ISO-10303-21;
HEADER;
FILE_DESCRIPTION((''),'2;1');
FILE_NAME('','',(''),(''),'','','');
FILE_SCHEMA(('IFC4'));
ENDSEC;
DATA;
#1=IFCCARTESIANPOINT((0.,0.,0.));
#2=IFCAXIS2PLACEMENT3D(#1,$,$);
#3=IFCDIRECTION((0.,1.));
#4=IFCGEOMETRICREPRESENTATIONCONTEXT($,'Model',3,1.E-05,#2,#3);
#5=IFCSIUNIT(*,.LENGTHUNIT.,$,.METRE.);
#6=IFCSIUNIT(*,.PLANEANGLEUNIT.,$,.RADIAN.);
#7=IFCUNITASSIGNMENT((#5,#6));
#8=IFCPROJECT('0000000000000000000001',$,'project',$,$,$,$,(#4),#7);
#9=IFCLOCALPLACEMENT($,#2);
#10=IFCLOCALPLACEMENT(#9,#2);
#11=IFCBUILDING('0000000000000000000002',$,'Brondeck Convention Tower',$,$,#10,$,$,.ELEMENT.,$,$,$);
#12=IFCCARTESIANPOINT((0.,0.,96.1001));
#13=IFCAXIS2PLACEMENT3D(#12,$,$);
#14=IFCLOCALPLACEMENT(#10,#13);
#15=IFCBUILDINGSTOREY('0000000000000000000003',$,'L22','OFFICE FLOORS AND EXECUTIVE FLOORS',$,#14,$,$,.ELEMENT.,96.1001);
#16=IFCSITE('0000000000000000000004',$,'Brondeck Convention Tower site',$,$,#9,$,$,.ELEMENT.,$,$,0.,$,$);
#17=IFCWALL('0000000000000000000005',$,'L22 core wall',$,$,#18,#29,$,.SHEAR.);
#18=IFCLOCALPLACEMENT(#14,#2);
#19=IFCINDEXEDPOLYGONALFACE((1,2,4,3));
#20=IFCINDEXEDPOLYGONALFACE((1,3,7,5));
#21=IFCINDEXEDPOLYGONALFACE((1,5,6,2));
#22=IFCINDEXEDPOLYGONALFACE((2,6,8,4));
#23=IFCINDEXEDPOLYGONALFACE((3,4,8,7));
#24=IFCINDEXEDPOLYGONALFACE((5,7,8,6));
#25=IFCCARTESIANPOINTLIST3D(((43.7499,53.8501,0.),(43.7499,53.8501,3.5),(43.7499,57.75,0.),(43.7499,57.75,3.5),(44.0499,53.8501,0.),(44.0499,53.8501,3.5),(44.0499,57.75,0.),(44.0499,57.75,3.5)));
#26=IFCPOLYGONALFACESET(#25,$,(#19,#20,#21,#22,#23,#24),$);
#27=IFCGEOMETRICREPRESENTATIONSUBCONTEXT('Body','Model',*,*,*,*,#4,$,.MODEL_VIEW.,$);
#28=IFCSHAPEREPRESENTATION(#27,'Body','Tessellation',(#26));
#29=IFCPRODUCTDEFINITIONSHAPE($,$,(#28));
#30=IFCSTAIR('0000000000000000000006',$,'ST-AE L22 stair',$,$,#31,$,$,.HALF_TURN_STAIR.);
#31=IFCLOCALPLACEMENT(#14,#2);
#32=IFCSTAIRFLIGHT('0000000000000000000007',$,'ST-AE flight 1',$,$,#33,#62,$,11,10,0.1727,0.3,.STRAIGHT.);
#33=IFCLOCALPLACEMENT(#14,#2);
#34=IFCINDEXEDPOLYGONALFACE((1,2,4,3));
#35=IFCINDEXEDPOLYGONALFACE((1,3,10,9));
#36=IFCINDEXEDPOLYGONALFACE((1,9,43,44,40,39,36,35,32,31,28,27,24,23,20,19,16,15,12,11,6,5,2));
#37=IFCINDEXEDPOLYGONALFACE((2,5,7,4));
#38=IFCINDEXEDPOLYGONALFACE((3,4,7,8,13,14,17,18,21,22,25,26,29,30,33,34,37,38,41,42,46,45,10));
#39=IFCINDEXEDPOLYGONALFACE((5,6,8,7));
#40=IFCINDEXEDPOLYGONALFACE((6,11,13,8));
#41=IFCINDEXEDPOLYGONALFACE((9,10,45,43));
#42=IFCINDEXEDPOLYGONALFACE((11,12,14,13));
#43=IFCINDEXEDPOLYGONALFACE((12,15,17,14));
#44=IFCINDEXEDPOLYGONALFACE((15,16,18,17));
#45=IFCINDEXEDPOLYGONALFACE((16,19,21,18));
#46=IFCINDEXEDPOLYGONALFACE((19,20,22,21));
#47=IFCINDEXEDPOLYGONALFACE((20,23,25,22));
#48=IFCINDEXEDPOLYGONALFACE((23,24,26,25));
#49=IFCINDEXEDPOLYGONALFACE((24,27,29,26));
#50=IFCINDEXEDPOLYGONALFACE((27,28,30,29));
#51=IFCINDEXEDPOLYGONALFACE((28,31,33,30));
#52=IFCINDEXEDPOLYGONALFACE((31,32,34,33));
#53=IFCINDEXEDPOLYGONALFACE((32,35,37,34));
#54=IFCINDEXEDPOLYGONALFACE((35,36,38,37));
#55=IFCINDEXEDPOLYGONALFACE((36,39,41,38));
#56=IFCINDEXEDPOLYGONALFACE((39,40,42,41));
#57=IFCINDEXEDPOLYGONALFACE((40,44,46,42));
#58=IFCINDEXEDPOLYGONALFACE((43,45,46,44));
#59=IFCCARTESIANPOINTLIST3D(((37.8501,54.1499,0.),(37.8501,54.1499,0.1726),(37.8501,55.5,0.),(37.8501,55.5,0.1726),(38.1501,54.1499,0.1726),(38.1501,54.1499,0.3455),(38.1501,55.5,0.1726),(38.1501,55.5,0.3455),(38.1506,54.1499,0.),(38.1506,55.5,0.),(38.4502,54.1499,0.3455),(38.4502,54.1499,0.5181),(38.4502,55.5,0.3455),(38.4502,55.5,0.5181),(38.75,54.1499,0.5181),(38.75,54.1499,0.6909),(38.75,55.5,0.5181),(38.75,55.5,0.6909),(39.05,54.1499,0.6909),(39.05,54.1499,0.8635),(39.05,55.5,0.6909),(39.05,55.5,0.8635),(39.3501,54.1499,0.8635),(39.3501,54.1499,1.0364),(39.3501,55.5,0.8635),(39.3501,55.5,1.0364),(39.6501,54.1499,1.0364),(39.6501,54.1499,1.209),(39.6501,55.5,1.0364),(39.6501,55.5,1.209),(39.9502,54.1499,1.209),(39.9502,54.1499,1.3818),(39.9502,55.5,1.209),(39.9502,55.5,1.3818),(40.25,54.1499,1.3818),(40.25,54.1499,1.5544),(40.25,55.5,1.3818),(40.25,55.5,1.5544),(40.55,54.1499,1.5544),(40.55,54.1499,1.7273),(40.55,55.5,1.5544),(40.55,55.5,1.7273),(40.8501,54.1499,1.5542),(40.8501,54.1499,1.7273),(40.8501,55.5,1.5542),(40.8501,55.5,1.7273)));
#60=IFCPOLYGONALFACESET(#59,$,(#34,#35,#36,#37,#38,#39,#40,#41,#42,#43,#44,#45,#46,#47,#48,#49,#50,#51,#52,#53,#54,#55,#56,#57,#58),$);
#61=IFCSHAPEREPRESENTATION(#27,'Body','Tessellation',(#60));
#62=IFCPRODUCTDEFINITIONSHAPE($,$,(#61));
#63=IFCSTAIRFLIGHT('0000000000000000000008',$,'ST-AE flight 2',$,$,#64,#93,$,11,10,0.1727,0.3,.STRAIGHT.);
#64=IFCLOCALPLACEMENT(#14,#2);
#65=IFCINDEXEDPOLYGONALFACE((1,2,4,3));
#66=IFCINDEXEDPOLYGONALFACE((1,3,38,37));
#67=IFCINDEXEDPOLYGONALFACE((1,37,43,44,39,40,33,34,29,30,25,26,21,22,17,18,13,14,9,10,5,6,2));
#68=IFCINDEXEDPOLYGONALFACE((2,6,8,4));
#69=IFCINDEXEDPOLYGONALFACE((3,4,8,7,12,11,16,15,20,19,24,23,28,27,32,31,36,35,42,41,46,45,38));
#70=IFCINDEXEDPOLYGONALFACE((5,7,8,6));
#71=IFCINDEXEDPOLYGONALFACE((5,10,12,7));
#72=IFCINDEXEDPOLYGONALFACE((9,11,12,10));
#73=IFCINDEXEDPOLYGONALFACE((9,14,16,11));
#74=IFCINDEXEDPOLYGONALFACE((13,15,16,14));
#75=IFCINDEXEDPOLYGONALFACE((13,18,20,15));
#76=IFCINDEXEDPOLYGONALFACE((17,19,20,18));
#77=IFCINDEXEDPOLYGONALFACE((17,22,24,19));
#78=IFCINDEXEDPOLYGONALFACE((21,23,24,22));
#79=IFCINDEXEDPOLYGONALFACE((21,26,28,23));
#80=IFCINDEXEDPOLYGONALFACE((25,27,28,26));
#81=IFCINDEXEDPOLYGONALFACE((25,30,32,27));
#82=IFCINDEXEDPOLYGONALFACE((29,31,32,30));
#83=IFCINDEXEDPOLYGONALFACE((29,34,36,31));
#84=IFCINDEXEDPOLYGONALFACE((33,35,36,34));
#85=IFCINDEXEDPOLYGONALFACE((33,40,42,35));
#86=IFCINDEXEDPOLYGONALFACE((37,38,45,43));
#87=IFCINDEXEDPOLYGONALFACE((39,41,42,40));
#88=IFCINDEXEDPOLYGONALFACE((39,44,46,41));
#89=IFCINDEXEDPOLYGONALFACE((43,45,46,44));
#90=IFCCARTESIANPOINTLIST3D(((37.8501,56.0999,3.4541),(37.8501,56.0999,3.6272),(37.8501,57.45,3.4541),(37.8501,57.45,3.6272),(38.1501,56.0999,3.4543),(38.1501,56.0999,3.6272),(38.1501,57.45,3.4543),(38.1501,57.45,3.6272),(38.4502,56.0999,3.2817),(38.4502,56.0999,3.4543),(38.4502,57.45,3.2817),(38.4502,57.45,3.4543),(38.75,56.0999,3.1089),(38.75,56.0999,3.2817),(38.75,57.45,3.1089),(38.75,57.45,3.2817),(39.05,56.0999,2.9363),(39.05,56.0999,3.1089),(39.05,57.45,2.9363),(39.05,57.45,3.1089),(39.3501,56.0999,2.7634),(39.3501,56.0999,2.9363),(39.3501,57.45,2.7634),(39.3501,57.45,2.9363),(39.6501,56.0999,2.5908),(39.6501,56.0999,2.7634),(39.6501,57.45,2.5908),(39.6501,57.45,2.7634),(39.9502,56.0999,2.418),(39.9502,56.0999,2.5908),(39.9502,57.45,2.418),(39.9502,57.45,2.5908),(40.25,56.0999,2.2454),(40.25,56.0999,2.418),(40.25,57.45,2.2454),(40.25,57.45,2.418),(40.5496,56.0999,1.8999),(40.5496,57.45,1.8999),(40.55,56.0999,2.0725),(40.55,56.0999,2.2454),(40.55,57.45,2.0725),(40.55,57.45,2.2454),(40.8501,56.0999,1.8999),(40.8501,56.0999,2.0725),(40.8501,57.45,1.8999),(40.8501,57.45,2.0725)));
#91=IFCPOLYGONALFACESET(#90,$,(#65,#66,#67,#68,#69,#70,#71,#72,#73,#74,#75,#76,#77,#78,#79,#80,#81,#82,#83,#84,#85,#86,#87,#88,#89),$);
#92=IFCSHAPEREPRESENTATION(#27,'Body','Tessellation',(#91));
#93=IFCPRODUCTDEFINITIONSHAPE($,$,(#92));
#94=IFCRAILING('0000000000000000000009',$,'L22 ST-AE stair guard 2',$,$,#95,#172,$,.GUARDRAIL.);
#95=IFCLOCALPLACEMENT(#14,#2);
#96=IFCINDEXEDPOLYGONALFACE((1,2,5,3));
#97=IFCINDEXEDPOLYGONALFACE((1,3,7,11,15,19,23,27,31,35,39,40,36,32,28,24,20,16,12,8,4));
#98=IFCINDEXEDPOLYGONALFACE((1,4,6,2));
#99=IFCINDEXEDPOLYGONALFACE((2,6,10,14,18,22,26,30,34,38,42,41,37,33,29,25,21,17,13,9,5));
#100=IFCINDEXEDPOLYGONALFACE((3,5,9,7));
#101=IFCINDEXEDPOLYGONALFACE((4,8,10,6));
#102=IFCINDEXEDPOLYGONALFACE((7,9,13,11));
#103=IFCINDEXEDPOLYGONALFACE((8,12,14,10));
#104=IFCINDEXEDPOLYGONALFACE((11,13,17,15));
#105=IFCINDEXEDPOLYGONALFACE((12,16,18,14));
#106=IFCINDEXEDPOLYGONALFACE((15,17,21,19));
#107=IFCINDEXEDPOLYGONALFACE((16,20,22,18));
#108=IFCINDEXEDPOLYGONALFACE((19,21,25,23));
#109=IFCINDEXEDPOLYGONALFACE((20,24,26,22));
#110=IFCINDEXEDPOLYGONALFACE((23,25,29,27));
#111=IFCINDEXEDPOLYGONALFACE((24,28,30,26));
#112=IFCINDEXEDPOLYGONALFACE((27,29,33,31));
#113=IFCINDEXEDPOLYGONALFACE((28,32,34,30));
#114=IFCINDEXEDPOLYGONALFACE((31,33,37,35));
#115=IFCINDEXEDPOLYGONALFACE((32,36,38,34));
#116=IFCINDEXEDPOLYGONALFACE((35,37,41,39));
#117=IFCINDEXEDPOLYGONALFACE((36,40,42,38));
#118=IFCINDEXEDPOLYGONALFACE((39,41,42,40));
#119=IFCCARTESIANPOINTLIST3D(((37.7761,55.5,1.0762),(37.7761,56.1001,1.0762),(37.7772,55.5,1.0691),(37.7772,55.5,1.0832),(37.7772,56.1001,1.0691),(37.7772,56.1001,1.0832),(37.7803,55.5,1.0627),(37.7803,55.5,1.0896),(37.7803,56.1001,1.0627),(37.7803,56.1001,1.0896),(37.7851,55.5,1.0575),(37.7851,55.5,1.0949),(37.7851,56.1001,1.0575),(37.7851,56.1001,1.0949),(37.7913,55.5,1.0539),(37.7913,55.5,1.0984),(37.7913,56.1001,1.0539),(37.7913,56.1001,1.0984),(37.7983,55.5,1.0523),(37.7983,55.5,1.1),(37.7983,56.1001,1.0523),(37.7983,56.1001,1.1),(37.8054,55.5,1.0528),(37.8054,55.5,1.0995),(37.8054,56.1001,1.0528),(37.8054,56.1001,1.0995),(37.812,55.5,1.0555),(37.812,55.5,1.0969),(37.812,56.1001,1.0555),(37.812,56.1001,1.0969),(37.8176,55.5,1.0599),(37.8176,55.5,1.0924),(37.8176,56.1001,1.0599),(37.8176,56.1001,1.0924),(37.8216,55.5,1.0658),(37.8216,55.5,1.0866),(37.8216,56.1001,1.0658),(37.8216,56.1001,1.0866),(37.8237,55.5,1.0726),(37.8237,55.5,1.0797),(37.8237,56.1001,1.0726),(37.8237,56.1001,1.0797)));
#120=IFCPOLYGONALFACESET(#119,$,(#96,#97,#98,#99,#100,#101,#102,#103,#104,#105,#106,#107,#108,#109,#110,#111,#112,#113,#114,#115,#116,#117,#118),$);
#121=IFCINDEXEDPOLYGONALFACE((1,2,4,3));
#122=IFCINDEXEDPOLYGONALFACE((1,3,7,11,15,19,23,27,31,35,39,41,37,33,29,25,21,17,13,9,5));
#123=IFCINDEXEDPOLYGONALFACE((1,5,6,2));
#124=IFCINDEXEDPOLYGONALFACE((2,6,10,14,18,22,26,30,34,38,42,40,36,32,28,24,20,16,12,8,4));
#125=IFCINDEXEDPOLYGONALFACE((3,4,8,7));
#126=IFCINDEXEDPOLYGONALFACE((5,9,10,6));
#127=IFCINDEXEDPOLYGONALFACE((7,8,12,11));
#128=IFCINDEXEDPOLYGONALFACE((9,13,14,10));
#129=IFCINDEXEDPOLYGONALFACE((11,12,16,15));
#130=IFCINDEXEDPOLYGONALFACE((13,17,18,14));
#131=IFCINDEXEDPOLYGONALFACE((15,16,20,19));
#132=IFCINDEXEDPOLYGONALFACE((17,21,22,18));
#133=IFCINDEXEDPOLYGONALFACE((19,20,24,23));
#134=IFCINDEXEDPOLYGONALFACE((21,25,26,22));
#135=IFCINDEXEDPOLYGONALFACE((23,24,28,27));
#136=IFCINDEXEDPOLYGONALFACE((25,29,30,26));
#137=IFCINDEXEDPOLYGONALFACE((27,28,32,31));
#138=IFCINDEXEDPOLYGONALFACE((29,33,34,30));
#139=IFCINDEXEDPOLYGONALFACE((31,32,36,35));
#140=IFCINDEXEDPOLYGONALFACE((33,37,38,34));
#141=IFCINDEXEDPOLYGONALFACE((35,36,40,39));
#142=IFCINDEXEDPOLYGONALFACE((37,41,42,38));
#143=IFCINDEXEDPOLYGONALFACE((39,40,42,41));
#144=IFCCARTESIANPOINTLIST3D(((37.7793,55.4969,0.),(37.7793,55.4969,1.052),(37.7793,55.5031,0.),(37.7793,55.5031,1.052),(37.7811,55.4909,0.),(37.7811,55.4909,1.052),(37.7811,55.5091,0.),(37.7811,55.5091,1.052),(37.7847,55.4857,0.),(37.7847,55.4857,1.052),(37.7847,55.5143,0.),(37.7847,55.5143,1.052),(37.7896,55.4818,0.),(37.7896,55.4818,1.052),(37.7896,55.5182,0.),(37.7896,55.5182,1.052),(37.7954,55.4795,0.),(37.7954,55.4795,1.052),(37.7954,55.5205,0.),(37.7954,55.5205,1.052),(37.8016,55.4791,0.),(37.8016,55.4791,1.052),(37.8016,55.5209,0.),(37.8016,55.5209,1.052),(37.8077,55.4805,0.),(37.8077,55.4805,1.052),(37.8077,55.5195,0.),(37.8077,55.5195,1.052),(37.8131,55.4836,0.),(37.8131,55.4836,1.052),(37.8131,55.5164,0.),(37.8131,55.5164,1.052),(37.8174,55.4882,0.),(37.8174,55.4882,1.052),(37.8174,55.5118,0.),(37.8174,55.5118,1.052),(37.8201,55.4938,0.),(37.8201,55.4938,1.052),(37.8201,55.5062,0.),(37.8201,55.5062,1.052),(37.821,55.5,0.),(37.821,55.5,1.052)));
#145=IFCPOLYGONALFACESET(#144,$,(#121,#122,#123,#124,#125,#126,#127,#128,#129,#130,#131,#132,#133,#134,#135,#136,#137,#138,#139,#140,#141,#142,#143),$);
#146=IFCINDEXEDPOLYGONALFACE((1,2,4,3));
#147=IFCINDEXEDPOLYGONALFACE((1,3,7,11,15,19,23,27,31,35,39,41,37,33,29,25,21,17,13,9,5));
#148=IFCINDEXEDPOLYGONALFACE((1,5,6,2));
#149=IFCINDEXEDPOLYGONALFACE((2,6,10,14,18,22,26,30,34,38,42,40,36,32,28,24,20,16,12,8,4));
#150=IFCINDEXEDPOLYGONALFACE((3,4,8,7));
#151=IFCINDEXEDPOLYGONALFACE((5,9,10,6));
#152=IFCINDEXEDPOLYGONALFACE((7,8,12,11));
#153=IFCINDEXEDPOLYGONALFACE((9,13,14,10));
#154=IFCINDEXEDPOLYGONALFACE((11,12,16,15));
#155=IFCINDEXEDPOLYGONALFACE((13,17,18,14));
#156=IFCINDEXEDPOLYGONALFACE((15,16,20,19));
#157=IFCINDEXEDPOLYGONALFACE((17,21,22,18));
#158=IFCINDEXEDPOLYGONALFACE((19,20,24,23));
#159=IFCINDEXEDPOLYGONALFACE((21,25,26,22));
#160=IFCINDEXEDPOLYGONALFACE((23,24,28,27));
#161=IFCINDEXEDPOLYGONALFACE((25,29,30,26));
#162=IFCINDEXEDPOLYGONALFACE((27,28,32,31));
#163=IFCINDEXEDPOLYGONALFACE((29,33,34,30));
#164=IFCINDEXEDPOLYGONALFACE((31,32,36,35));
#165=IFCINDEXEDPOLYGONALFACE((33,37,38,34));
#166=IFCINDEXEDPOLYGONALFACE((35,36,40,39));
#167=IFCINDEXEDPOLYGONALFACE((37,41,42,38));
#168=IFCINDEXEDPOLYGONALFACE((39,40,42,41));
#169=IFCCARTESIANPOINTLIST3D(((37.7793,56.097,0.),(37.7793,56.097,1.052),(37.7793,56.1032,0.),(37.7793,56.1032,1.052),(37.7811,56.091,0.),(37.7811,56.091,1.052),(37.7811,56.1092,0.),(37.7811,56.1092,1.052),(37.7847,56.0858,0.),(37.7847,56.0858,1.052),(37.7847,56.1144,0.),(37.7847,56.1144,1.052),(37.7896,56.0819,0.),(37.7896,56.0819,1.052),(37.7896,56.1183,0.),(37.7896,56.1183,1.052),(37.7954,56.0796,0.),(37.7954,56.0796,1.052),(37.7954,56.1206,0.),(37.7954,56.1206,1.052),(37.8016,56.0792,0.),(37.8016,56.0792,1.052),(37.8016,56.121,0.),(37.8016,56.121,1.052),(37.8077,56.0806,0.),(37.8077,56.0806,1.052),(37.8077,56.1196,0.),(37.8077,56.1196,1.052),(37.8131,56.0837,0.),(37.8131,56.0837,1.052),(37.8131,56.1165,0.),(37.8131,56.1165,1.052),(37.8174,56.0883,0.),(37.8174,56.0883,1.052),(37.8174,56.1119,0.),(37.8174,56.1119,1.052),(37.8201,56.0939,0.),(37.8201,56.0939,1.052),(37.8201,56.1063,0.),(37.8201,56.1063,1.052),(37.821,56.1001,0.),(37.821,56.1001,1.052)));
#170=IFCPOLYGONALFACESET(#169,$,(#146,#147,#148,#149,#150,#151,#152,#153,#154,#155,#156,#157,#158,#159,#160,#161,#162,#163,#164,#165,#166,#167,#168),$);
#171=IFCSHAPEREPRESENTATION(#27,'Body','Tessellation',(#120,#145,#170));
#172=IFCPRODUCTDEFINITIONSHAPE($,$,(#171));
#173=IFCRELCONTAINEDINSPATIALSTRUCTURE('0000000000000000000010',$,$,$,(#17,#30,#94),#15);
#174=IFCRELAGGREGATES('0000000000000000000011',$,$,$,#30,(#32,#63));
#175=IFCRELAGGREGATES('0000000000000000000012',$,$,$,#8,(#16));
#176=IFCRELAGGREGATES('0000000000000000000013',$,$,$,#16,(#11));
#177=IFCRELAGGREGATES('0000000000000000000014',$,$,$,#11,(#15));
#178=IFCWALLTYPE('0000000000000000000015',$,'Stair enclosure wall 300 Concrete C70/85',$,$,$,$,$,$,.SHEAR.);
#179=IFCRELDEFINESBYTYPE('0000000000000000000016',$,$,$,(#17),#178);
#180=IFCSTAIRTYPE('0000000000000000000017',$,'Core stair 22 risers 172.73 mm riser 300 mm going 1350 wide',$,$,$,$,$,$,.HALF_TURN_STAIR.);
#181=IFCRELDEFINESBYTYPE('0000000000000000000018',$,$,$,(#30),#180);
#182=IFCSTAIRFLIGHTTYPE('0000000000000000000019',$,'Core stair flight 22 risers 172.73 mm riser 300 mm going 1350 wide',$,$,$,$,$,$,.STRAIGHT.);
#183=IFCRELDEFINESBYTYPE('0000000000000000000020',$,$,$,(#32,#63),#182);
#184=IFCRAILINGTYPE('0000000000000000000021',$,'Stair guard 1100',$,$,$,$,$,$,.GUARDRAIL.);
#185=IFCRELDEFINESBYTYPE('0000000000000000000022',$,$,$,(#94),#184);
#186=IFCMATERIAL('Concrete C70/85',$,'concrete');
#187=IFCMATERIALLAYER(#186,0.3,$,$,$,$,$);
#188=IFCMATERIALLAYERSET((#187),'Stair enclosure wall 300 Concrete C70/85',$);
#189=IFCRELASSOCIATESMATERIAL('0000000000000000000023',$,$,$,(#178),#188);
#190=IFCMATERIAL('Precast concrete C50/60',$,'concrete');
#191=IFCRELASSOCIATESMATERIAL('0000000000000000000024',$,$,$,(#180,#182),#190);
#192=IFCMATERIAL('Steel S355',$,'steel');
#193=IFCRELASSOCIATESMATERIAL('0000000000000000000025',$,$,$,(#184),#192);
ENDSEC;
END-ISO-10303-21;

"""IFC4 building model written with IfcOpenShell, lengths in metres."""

from ifc_helpers import new_model, si_unit, direction, frame, frame_2d, origin, origin_2d, place, context, subcontext, project, spatial, polyline, rectangle, circle, outline, extrude, material, layer, layer_set, type_object, element, aggregate, save


model = new_model("IFC4")

# Units and contexts
model_context = context("Model", 3, precision=1e-05, world=origin(), true_north=direction((0.0, 1.0)))
body_context = subcontext(model_context, "Body", "Model", "MODEL_VIEW")
ifc_project = project(units=[si_unit("LENGTHUNIT", "METRE"), si_unit("PLANEANGLEUNIT", "RADIAN")], contexts=[model_context])

# Site, building, storey
site_placement = place(None, origin())
site = spatial("IfcSite", under=ifc_project, at=site_placement, Name="Brondeck Convention Tower site", CompositionType="ELEMENT", RefElevation=0.0)
building_placement = place(site_placement, origin())
building = spatial("IfcBuilding", under=site, at=building_placement, Name="Brondeck Convention Tower", CompositionType="ELEMENT")
storey_placement = place(building_placement, frame((0.0, 0.0, 96.1001)))
storey = spatial("IfcBuildingStorey", under=building, at=storey_placement, Name="L22", Description="OFFICE FLOORS AND EXECUTIVE FLOORS", CompositionType="ELEMENT", Elevation=96.1001)

# Shared definitions
ifc_material_1 = material(Name="Concrete C70/85", Category="concrete")

# Shared definitions
ifc_material_2 = material(Name="Steel S355", Category="steel")

# Wall
ifc_layer_1 = layer(ifc_material_1, 0.3)
ifc_layer_set_1 = layer_set([ifc_layer_1], Name="Stair enclosure wall 300 Concrete C70/85")
wall_type_1 = type_object("IfcWallType", Name="Stair enclosure wall 300 Concrete C70/85", PredefinedType="SHEAR", material=ifc_layer_set_1)
wall_1_placement = place(storey_placement, frame((43.8999, 53.8501, 0.0), z_axis=(0.0, 0.0, 1.0), x_axis=(0.0, 1.0, 0.0)))
element("IfcWall", 1, at=wall_1_placement, inside=storey, type_object=wall_type_1, Name="L22 core wall", PredefinedType="SHEAR", context=body_context, shape_type="SweptSolid", body=[
    extrude(rectangle(XDim=3.8999, YDim=0.3, at=frame_2d((1.95, 0.0))), origin(), (0.0, 0.0, 1.0), 3.5),
])

# Stair, stair flights
ifc_material_3 = material(Name="Precast concrete C50/60", Category="concrete")
stair_type = type_object("IfcStairType", Name="Core stair 22 risers 172.73 mm riser 300 mm going 1350 wide", PredefinedType="HALF_TURN_STAIR", material=ifc_material_3)
stair_placement = place(storey_placement, origin())
stair = element("IfcStair", 2, at=stair_placement, inside=storey, type_object=stair_type, Name="ST-AE L22 stair", PredefinedType="HALF_TURN_STAIR")
stair_flight_type = type_object("IfcStairFlightType", Name="Core stair flight 22 risers 172.73 mm riser 300 mm going 1350 wide", PredefinedType="STRAIGHT", material=ifc_material_3)
stair_flight_1_placement = place(storey_placement, frame((37.8501, 54.825, 0.0), z_axis=(0.0, 0.0, 1.0), x_axis=(1.0, 0.0, 0.0)))
stair_flight_1 = element("IfcStairFlight", 3, at=stair_flight_1_placement, type_object=stair_flight_type, Name="ST-AE flight 1", NumberOfRisers=11, NumberOfTreads=10, PredefinedType="STRAIGHT", RiserHeight=0.1727, TreadLength=0.3, context=body_context, shape_type="SweptSolid", body=[
    extrude(outline(polyline([(0.0, 0.0), (0.0, 0.1726), (0.3, 0.1726), (0.3, 0.3455), (0.6001, 0.3455), (0.6001, 0.5181), (0.8999, 0.5181), (0.8999, 0.6909), (1.2, 0.6909), (1.2, 0.8635), (1.5, 0.8635), (1.5, 1.0364), (1.8, 1.0364), (1.8, 1.209), (2.1001, 1.209), (2.1001, 1.3818), (2.3999, 1.3818), (2.3999, 1.5544), (2.7, 1.5544), (2.7, 1.7273), (3.0, 1.7273), (3.0, 1.8999), (3.0, 1.5542), (0.3005, 0.0), (0.0, 0.0)])), frame((0.0, 0.675, 0.0), z_axis=(0.0, -1.0, 0.0), x_axis=(1.0, 0.0, 0.0)), (0.0, 0.0, 1.0), 1.3501),
])
stair_flight_2_placement = place(storey_placement, frame((40.8501, 56.7749, 1.8999), z_axis=(0.0, 0.0, 1.0), x_axis=(-1.0, 0.0, 0.0)))
stair_flight_2 = element("IfcStairFlight", 4, at=stair_flight_2_placement, type_object=stair_flight_type, Name="ST-AE flight 2", NumberOfRisers=11, NumberOfTreads=10, PredefinedType="STRAIGHT", RiserHeight=0.1727, TreadLength=0.3, context=body_context, shape_type="SweptSolid", body=[
    extrude(outline(polyline([(0.0, 0.0), (0.0, 0.1726), (0.3, 0.1726), (0.3, 0.3455), (0.6001, 0.3455), (0.6001, 0.5181), (0.8999, 0.5181), (0.8999, 0.6909), (1.2, 0.6909), (1.2, 0.8635), (1.5, 0.8635), (1.5, 1.0364), (1.8, 1.0364), (1.8, 1.209), (2.1001, 1.209), (2.1001, 1.3818), (2.3999, 1.3818), (2.3999, 1.5544), (2.7, 1.5544), (2.7, 1.7273), (3.0, 1.7273), (3.0, 1.8999), (3.0, 1.5542), (0.3005, 0.0), (0.0, 0.0)])), frame((0.0, 0.675, 0.0), z_axis=(0.0, -1.0, 0.0), x_axis=(1.0, 0.0, 0.0)), (0.0, 0.0, 1.0), 1.3501),
])
aggregate(stair, [stair_flight_1, stair_flight_2])

# Railing
railing_type_1 = type_object("IfcRailingType", Name="Stair guard 1100", PredefinedType="GUARDRAIL", material=ifc_material_2)
railing_1_placement = place(storey_placement, frame((37.8, 55.5, 0.0)))
element("IfcRailing", 5, at=railing_1_placement, inside=storey, type_object=railing_type_1, Name="L22 ST-AE stair guard 2", PredefinedType="GUARDRAIL", context=body_context, shape_type="SweptSolid", body=[
    extrude(circle(Radius=0.0239, at=origin_2d()), frame((0.0, 0.0, 1.0762), z_axis=(0.0, 1.0, 0.0), x_axis=(-1.0, 0.0, 0.0)), (0.0, 0.0, 1.0), 0.6001),
    extrude(circle(Radius=0.021, at=origin_2d()), origin(), (0.0, 0.0, 1.0), 1.052),
    extrude(circle(Radius=0.021, at=origin_2d()), frame((0.0, 0.6001, 0.0)), (0.0, 0.0, 1.0), 1.052),
])

save(model, "model.ifc")
